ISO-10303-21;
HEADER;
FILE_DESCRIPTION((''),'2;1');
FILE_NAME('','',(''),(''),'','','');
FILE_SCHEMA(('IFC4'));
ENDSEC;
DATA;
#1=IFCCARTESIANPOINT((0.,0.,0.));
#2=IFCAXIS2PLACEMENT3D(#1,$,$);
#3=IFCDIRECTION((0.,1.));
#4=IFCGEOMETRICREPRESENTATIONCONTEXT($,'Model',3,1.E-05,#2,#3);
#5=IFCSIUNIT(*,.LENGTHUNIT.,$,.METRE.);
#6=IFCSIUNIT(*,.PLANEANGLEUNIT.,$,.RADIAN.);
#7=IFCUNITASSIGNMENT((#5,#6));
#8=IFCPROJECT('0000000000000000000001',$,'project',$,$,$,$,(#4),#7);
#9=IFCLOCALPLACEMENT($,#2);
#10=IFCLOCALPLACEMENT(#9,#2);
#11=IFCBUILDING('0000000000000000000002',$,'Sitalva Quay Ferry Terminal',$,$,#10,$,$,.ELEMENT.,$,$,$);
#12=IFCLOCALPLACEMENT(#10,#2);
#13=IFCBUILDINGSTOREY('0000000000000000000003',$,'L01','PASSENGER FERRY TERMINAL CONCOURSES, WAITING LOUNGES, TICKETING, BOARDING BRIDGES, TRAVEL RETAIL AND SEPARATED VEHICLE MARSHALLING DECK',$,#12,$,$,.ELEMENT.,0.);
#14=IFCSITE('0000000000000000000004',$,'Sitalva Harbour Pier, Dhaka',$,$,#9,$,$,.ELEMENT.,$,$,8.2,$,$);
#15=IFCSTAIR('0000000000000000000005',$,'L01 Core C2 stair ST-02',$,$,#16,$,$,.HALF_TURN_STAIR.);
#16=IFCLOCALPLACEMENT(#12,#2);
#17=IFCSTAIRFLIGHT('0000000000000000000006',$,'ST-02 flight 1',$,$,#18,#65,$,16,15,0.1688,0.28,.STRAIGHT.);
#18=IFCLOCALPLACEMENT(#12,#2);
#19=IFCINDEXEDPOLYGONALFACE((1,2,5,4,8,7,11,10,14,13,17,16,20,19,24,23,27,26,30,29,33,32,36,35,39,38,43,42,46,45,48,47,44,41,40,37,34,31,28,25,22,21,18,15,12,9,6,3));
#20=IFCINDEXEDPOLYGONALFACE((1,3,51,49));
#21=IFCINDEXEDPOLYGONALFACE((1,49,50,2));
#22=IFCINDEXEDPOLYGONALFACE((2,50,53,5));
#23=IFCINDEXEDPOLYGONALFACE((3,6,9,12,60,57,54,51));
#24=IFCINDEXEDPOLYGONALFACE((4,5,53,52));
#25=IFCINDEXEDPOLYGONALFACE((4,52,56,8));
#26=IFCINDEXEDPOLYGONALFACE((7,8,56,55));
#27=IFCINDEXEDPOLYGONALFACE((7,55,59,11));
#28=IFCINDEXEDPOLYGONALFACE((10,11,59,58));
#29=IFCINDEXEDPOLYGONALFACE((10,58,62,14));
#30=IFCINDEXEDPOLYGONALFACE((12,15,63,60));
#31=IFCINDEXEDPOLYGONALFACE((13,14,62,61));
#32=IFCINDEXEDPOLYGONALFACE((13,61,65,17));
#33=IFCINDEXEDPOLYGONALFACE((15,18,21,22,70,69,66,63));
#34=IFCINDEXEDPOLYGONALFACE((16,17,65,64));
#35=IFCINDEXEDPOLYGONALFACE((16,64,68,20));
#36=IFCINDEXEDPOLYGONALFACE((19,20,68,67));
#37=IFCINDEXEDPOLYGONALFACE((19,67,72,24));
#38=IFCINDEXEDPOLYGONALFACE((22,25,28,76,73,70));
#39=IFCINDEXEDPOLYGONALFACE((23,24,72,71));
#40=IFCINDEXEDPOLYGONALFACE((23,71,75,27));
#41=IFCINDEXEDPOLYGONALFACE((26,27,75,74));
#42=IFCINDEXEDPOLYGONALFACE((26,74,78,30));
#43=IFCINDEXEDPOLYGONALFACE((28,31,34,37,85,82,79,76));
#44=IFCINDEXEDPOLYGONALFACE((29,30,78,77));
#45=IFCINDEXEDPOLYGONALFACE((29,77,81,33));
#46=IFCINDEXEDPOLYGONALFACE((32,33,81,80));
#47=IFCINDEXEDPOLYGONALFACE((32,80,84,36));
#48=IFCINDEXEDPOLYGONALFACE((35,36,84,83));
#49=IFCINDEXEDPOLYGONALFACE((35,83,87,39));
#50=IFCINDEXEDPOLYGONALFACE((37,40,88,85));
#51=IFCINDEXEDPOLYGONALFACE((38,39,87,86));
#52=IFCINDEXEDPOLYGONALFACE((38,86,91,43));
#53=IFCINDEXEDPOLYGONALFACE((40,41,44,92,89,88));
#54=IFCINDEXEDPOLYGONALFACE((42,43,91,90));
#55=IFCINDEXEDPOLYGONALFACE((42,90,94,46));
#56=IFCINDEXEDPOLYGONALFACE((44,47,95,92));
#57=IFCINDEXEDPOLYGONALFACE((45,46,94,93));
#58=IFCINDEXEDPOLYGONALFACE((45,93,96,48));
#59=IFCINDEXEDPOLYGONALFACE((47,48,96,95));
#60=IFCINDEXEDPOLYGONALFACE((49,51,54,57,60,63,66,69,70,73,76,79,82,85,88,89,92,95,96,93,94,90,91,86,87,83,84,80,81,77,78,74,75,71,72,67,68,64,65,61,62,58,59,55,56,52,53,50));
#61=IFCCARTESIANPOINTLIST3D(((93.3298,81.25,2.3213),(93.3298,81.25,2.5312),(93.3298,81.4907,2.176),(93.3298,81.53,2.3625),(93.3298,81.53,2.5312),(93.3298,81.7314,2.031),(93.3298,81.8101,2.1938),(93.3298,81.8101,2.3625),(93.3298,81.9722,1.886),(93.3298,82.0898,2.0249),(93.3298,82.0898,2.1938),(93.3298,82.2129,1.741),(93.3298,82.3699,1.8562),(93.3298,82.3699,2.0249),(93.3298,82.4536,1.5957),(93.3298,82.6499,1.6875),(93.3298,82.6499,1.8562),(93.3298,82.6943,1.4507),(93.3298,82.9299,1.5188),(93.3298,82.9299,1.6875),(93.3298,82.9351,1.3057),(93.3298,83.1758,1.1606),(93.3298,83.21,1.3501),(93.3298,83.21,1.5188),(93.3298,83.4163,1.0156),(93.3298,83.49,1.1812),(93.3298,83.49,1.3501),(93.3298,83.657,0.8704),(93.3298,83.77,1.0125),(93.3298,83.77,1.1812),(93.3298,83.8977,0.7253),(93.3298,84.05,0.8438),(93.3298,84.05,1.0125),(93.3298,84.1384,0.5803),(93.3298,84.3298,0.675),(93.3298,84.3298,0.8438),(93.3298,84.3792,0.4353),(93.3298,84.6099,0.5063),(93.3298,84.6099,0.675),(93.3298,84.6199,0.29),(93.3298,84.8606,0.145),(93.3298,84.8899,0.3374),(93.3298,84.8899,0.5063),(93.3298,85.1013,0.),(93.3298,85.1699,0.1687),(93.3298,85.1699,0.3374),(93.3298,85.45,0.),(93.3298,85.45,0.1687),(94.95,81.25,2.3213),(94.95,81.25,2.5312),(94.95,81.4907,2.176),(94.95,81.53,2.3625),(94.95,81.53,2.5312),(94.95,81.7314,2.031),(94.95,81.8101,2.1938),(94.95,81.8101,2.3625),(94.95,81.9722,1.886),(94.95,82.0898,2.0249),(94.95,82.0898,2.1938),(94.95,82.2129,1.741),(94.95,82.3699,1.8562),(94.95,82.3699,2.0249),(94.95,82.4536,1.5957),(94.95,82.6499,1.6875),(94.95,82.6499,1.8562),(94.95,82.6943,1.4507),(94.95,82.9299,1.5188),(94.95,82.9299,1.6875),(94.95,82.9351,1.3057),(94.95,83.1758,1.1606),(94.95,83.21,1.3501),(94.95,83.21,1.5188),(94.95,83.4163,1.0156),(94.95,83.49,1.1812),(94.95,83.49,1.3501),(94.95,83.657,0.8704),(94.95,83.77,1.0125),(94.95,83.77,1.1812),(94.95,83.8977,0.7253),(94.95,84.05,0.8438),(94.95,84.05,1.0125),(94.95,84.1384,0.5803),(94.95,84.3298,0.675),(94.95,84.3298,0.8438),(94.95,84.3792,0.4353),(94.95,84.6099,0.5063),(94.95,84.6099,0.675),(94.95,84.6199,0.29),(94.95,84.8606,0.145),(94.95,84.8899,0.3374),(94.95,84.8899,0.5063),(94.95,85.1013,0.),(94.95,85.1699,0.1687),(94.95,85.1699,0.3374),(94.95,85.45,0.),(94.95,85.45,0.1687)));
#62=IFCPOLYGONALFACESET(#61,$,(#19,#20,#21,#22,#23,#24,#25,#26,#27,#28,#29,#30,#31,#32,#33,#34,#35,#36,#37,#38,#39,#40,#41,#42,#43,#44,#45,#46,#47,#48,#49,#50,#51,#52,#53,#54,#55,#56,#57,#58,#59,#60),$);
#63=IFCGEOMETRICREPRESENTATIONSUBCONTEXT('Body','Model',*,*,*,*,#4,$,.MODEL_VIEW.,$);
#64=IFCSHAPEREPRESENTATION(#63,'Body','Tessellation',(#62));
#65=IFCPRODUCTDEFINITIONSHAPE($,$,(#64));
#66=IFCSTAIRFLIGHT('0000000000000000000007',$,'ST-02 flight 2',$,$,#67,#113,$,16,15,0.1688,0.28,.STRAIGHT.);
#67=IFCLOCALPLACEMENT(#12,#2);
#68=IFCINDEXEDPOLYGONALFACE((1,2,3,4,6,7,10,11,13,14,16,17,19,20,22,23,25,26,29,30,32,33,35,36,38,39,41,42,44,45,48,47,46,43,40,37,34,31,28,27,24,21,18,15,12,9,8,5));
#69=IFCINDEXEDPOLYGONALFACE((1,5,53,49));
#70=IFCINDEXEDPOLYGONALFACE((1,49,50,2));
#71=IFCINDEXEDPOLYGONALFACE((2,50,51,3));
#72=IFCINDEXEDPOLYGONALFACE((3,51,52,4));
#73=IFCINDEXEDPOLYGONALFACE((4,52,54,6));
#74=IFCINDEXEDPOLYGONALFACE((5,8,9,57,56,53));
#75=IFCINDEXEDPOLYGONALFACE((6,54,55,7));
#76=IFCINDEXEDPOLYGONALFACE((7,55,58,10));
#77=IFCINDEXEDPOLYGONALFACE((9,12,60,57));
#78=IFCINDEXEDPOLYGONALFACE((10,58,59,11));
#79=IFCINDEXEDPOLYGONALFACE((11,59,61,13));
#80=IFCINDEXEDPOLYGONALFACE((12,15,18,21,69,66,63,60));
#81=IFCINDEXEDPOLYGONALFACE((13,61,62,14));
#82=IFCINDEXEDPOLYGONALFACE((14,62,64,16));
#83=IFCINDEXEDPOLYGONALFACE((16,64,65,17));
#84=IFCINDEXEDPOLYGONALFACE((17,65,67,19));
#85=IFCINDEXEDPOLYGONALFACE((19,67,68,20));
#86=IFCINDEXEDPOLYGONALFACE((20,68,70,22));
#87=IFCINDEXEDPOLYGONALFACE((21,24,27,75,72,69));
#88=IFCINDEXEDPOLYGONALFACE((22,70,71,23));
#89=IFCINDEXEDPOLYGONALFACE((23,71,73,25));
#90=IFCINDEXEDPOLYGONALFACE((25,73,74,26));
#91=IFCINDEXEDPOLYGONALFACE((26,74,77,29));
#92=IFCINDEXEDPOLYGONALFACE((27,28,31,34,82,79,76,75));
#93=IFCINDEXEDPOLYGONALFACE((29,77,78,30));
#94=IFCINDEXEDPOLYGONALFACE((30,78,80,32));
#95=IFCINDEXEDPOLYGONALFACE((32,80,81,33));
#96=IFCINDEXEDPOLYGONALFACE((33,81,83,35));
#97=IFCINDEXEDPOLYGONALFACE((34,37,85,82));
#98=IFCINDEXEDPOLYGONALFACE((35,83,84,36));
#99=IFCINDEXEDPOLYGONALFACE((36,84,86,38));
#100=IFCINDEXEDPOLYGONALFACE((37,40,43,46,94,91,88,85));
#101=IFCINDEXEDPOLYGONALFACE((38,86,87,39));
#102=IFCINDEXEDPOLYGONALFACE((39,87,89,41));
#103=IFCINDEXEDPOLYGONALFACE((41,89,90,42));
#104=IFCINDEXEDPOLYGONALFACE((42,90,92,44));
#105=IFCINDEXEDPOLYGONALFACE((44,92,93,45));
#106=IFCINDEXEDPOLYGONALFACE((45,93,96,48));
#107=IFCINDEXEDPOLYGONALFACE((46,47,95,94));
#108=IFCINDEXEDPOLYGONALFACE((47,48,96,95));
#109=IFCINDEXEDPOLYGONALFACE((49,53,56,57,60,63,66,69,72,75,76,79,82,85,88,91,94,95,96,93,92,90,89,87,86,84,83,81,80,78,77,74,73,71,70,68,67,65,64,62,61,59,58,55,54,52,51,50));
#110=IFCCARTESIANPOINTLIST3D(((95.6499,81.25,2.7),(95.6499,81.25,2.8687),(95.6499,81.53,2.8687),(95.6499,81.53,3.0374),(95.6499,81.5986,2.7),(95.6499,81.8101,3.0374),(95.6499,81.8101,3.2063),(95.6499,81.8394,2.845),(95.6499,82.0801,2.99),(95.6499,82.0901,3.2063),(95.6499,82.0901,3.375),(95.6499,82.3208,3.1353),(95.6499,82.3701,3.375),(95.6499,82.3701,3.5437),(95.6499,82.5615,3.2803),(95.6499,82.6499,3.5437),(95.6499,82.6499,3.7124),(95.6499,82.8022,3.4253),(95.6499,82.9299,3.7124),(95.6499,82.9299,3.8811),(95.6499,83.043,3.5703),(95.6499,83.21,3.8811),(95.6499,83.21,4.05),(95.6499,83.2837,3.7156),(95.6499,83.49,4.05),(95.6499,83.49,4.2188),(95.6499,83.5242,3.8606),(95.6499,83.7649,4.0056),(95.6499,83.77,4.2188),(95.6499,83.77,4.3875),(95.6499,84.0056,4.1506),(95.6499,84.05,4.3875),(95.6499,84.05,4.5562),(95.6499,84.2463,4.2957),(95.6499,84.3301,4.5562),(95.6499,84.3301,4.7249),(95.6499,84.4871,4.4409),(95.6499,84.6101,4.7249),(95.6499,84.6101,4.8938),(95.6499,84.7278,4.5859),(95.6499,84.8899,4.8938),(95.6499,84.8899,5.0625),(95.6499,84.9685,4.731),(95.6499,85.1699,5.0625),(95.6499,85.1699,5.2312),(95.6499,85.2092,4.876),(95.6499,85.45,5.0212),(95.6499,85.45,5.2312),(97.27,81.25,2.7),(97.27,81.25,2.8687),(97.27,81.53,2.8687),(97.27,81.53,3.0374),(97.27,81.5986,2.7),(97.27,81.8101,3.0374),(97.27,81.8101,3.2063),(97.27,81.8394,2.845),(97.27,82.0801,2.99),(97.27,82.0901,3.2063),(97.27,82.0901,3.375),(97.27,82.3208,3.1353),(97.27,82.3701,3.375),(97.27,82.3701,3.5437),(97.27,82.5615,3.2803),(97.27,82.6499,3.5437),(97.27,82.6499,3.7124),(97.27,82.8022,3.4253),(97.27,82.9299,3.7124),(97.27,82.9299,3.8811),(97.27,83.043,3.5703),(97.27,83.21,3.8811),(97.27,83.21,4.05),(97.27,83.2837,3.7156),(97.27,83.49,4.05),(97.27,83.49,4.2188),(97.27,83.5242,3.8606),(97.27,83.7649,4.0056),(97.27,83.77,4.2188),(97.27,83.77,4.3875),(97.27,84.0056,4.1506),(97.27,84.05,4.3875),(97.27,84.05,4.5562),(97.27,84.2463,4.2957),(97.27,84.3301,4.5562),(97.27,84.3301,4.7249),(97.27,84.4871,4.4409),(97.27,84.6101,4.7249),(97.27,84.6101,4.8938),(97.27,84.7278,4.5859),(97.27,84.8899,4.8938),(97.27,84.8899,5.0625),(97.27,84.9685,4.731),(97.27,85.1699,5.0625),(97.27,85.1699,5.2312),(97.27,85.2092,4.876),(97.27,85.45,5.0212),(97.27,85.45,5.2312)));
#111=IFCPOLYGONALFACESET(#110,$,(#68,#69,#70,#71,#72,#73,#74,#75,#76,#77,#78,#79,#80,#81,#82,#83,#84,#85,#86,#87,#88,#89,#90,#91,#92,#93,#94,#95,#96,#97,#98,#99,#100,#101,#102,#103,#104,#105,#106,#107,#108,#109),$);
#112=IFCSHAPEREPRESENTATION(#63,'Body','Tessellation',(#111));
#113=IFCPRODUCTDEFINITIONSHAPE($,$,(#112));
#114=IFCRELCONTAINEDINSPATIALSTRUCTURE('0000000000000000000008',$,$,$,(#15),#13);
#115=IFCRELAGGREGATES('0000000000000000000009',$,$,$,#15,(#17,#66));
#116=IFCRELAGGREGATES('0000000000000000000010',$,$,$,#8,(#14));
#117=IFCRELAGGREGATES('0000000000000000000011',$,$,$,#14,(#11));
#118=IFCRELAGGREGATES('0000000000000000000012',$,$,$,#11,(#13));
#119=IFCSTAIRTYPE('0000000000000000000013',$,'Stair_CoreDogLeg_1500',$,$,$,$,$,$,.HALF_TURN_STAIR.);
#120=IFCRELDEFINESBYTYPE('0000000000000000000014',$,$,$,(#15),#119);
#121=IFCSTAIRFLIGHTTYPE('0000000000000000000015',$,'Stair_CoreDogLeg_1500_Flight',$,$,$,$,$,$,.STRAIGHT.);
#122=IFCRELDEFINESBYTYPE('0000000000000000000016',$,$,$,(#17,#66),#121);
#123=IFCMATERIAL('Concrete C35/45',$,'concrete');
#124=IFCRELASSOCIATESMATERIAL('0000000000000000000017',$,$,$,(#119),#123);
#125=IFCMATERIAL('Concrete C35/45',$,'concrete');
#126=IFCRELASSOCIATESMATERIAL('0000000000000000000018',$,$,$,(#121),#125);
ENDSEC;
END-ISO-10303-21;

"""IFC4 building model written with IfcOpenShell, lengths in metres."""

from ifc_helpers import new_model, si_unit, direction, frame, origin, place, context, subcontext, project, spatial, polyline, outline, extrude, material, type_object, element, aggregate, save


model = new_model("IFC4")

# Units and contexts
model_context = context("Model", 3, precision=1e-05, world=origin(), true_north=direction((0.0, 1.0)))
body_context = subcontext(model_context, "Body", "Model", "MODEL_VIEW")
ifc_project = project(units=[si_unit("LENGTHUNIT", "METRE"), si_unit("PLANEANGLEUNIT", "RADIAN")], contexts=[model_context])

# Site, building, storey
site_placement = place(None, origin())
site = spatial("IfcSite", under=ifc_project, at=site_placement, Name="Sitalva Harbour Pier, Dhaka", CompositionType="ELEMENT", RefElevation=8.2)
building_placement = place(site_placement, origin())
building = spatial("IfcBuilding", under=site, at=building_placement, Name="Sitalva Quay Ferry Terminal", CompositionType="ELEMENT")
storey_placement = place(building_placement, origin())
storey = spatial("IfcBuildingStorey", under=building, at=storey_placement, Name="L01", Description="PASSENGER FERRY TERMINAL CONCOURSES, WAITING LOUNGES, TICKETING, BOARDING BRIDGES, TRAVEL RETAIL AND SEPARATED VEHICLE MARSHALLING DECK", CompositionType="ELEMENT", Elevation=0.0)

# Stair, stair flights
ifc_material_1 = material(Name="Concrete C35/45", Category="concrete")
stair_type = type_object("IfcStairType", Name="Stair_CoreDogLeg_1500", PredefinedType="HALF_TURN_STAIR", material=ifc_material_1)
stair_placement = place(storey_placement, origin())
stair = element("IfcStair", 1, at=stair_placement, inside=storey, type_object=stair_type, Name="L01 Core C2 stair ST-02", PredefinedType="HALF_TURN_STAIR")
ifc_material_2 = material(Name="Concrete C35/45", Category="concrete")
stair_flight_type = type_object("IfcStairFlightType", Name="Stair_CoreDogLeg_1500_Flight", PredefinedType="STRAIGHT", material=ifc_material_2)
stair_flight_1_placement = place(storey_placement, frame((94.1399, 85.45, 0.0), z_axis=(0.0, 0.0, 1.0), x_axis=(0.0, -1.0, 0.0)))
stair_flight_1 = element("IfcStairFlight", 2, at=stair_flight_1_placement, type_object=stair_flight_type, Name="ST-02 flight 1", NumberOfRisers=16, NumberOfTreads=15, PredefinedType="STRAIGHT", RiserHeight=0.1688, TreadLength=0.28, context=body_context, shape_type="SweptSolid", body=[
    extrude(outline(polyline([(0.0, 0.0), (0.0, 0.1687), (0.28, 0.1687), (0.28, 0.3374), (0.5601, 0.3374), (0.5601, 0.5063), (0.8401, 0.5063), (0.8401, 0.675), (1.1201, 0.675), (1.1201, 0.8438), (1.3999, 0.8438), (1.3999, 1.0125), (1.6799, 1.0125), (1.6799, 1.1812), (1.96, 1.1812), (1.96, 1.3501), (2.24, 1.3501), (2.24, 1.5188), (2.52, 1.5188), (2.52, 1.6875), (2.8, 1.6875), (2.8, 1.8562), (3.0801, 1.8562), (3.0801, 2.0249), (3.3601, 2.0249), (3.3601, 2.1938), (3.6399, 2.1938), (3.6399, 2.3625), (3.9199, 2.3625), (3.9199, 2.5312), (4.2, 2.5312), (4.2, 2.7), (4.2, 2.3213), (3.9592, 2.176), (3.7185, 2.031), (3.4778, 1.886), (3.2371, 1.741), (2.9963, 1.5957), (2.7556, 1.4507), (2.5149, 1.3057), (2.2742, 1.1606), (2.0337, 1.0156), (1.793, 0.8704), (1.5522, 0.7253), (1.3115, 0.5803), (1.0708, 0.4353), (0.8301, 0.29), (0.5894, 0.145), (0.3486, 0.0), (0.0, 0.0)])), frame((0.0, 0.8101, 0.0), z_axis=(0.0, -1.0, 0.0), x_axis=(1.0, 0.0, 0.0)), (0.0, 0.0, 1.0), 1.6201),
])
stair_flight_2_placement = place(storey_placement, frame((96.46, 81.25, 2.7), z_axis=(0.0, 0.0, 1.0), x_axis=(0.0, 1.0, 0.0)))
stair_flight_2 = element("IfcStairFlight", 3, at=stair_flight_2_placement, type_object=stair_flight_type, Name="ST-02 flight 2", NumberOfRisers=16, NumberOfTreads=15, PredefinedType="STRAIGHT", RiserHeight=0.1688, TreadLength=0.28, context=body_context, shape_type="SweptSolid", body=[
    extrude(outline(polyline([(0.0, 0.0), (0.0, 0.1687), (0.28, 0.1687), (0.28, 0.3374), (0.5601, 0.3374), (0.5601, 0.5063), (0.8401, 0.5063), (0.8401, 0.675), (1.1201, 0.675), (1.1201, 0.8438), (1.3999, 0.8438), (1.3999, 1.0125), (1.6799, 1.0125), (1.6799, 1.1812), (1.96, 1.1812), (1.96, 1.3501), (2.24, 1.3501), (2.24, 1.5188), (2.52, 1.5188), (2.52, 1.6875), (2.8, 1.6875), (2.8, 1.8562), (3.0801, 1.8562), (3.0801, 2.0249), (3.3601, 2.0249), (3.3601, 2.1938), (3.6399, 2.1938), (3.6399, 2.3625), (3.9199, 2.3625), (3.9199, 2.5312), (4.2, 2.5312), (4.2, 2.7), (4.2, 2.3213), (3.9592, 2.176), (3.7185, 2.031), (3.4778, 1.886), (3.2371, 1.741), (2.9963, 1.5957), (2.7556, 1.4507), (2.5149, 1.3057), (2.2742, 1.1606), (2.0337, 1.0156), (1.793, 0.8704), (1.5522, 0.7253), (1.3115, 0.5803), (1.0708, 0.4353), (0.8301, 0.29), (0.5894, 0.145), (0.3486, 0.0), (0.0, 0.0)])), frame((0.0, 0.8101, 0.0), z_axis=(0.0, -1.0, 0.0), x_axis=(1.0, 0.0, 0.0)), (0.0, 0.0, 1.0), 1.6201),
])
aggregate(stair, [stair_flight_1, stair_flight_2])

save(model, "model.ifc")
